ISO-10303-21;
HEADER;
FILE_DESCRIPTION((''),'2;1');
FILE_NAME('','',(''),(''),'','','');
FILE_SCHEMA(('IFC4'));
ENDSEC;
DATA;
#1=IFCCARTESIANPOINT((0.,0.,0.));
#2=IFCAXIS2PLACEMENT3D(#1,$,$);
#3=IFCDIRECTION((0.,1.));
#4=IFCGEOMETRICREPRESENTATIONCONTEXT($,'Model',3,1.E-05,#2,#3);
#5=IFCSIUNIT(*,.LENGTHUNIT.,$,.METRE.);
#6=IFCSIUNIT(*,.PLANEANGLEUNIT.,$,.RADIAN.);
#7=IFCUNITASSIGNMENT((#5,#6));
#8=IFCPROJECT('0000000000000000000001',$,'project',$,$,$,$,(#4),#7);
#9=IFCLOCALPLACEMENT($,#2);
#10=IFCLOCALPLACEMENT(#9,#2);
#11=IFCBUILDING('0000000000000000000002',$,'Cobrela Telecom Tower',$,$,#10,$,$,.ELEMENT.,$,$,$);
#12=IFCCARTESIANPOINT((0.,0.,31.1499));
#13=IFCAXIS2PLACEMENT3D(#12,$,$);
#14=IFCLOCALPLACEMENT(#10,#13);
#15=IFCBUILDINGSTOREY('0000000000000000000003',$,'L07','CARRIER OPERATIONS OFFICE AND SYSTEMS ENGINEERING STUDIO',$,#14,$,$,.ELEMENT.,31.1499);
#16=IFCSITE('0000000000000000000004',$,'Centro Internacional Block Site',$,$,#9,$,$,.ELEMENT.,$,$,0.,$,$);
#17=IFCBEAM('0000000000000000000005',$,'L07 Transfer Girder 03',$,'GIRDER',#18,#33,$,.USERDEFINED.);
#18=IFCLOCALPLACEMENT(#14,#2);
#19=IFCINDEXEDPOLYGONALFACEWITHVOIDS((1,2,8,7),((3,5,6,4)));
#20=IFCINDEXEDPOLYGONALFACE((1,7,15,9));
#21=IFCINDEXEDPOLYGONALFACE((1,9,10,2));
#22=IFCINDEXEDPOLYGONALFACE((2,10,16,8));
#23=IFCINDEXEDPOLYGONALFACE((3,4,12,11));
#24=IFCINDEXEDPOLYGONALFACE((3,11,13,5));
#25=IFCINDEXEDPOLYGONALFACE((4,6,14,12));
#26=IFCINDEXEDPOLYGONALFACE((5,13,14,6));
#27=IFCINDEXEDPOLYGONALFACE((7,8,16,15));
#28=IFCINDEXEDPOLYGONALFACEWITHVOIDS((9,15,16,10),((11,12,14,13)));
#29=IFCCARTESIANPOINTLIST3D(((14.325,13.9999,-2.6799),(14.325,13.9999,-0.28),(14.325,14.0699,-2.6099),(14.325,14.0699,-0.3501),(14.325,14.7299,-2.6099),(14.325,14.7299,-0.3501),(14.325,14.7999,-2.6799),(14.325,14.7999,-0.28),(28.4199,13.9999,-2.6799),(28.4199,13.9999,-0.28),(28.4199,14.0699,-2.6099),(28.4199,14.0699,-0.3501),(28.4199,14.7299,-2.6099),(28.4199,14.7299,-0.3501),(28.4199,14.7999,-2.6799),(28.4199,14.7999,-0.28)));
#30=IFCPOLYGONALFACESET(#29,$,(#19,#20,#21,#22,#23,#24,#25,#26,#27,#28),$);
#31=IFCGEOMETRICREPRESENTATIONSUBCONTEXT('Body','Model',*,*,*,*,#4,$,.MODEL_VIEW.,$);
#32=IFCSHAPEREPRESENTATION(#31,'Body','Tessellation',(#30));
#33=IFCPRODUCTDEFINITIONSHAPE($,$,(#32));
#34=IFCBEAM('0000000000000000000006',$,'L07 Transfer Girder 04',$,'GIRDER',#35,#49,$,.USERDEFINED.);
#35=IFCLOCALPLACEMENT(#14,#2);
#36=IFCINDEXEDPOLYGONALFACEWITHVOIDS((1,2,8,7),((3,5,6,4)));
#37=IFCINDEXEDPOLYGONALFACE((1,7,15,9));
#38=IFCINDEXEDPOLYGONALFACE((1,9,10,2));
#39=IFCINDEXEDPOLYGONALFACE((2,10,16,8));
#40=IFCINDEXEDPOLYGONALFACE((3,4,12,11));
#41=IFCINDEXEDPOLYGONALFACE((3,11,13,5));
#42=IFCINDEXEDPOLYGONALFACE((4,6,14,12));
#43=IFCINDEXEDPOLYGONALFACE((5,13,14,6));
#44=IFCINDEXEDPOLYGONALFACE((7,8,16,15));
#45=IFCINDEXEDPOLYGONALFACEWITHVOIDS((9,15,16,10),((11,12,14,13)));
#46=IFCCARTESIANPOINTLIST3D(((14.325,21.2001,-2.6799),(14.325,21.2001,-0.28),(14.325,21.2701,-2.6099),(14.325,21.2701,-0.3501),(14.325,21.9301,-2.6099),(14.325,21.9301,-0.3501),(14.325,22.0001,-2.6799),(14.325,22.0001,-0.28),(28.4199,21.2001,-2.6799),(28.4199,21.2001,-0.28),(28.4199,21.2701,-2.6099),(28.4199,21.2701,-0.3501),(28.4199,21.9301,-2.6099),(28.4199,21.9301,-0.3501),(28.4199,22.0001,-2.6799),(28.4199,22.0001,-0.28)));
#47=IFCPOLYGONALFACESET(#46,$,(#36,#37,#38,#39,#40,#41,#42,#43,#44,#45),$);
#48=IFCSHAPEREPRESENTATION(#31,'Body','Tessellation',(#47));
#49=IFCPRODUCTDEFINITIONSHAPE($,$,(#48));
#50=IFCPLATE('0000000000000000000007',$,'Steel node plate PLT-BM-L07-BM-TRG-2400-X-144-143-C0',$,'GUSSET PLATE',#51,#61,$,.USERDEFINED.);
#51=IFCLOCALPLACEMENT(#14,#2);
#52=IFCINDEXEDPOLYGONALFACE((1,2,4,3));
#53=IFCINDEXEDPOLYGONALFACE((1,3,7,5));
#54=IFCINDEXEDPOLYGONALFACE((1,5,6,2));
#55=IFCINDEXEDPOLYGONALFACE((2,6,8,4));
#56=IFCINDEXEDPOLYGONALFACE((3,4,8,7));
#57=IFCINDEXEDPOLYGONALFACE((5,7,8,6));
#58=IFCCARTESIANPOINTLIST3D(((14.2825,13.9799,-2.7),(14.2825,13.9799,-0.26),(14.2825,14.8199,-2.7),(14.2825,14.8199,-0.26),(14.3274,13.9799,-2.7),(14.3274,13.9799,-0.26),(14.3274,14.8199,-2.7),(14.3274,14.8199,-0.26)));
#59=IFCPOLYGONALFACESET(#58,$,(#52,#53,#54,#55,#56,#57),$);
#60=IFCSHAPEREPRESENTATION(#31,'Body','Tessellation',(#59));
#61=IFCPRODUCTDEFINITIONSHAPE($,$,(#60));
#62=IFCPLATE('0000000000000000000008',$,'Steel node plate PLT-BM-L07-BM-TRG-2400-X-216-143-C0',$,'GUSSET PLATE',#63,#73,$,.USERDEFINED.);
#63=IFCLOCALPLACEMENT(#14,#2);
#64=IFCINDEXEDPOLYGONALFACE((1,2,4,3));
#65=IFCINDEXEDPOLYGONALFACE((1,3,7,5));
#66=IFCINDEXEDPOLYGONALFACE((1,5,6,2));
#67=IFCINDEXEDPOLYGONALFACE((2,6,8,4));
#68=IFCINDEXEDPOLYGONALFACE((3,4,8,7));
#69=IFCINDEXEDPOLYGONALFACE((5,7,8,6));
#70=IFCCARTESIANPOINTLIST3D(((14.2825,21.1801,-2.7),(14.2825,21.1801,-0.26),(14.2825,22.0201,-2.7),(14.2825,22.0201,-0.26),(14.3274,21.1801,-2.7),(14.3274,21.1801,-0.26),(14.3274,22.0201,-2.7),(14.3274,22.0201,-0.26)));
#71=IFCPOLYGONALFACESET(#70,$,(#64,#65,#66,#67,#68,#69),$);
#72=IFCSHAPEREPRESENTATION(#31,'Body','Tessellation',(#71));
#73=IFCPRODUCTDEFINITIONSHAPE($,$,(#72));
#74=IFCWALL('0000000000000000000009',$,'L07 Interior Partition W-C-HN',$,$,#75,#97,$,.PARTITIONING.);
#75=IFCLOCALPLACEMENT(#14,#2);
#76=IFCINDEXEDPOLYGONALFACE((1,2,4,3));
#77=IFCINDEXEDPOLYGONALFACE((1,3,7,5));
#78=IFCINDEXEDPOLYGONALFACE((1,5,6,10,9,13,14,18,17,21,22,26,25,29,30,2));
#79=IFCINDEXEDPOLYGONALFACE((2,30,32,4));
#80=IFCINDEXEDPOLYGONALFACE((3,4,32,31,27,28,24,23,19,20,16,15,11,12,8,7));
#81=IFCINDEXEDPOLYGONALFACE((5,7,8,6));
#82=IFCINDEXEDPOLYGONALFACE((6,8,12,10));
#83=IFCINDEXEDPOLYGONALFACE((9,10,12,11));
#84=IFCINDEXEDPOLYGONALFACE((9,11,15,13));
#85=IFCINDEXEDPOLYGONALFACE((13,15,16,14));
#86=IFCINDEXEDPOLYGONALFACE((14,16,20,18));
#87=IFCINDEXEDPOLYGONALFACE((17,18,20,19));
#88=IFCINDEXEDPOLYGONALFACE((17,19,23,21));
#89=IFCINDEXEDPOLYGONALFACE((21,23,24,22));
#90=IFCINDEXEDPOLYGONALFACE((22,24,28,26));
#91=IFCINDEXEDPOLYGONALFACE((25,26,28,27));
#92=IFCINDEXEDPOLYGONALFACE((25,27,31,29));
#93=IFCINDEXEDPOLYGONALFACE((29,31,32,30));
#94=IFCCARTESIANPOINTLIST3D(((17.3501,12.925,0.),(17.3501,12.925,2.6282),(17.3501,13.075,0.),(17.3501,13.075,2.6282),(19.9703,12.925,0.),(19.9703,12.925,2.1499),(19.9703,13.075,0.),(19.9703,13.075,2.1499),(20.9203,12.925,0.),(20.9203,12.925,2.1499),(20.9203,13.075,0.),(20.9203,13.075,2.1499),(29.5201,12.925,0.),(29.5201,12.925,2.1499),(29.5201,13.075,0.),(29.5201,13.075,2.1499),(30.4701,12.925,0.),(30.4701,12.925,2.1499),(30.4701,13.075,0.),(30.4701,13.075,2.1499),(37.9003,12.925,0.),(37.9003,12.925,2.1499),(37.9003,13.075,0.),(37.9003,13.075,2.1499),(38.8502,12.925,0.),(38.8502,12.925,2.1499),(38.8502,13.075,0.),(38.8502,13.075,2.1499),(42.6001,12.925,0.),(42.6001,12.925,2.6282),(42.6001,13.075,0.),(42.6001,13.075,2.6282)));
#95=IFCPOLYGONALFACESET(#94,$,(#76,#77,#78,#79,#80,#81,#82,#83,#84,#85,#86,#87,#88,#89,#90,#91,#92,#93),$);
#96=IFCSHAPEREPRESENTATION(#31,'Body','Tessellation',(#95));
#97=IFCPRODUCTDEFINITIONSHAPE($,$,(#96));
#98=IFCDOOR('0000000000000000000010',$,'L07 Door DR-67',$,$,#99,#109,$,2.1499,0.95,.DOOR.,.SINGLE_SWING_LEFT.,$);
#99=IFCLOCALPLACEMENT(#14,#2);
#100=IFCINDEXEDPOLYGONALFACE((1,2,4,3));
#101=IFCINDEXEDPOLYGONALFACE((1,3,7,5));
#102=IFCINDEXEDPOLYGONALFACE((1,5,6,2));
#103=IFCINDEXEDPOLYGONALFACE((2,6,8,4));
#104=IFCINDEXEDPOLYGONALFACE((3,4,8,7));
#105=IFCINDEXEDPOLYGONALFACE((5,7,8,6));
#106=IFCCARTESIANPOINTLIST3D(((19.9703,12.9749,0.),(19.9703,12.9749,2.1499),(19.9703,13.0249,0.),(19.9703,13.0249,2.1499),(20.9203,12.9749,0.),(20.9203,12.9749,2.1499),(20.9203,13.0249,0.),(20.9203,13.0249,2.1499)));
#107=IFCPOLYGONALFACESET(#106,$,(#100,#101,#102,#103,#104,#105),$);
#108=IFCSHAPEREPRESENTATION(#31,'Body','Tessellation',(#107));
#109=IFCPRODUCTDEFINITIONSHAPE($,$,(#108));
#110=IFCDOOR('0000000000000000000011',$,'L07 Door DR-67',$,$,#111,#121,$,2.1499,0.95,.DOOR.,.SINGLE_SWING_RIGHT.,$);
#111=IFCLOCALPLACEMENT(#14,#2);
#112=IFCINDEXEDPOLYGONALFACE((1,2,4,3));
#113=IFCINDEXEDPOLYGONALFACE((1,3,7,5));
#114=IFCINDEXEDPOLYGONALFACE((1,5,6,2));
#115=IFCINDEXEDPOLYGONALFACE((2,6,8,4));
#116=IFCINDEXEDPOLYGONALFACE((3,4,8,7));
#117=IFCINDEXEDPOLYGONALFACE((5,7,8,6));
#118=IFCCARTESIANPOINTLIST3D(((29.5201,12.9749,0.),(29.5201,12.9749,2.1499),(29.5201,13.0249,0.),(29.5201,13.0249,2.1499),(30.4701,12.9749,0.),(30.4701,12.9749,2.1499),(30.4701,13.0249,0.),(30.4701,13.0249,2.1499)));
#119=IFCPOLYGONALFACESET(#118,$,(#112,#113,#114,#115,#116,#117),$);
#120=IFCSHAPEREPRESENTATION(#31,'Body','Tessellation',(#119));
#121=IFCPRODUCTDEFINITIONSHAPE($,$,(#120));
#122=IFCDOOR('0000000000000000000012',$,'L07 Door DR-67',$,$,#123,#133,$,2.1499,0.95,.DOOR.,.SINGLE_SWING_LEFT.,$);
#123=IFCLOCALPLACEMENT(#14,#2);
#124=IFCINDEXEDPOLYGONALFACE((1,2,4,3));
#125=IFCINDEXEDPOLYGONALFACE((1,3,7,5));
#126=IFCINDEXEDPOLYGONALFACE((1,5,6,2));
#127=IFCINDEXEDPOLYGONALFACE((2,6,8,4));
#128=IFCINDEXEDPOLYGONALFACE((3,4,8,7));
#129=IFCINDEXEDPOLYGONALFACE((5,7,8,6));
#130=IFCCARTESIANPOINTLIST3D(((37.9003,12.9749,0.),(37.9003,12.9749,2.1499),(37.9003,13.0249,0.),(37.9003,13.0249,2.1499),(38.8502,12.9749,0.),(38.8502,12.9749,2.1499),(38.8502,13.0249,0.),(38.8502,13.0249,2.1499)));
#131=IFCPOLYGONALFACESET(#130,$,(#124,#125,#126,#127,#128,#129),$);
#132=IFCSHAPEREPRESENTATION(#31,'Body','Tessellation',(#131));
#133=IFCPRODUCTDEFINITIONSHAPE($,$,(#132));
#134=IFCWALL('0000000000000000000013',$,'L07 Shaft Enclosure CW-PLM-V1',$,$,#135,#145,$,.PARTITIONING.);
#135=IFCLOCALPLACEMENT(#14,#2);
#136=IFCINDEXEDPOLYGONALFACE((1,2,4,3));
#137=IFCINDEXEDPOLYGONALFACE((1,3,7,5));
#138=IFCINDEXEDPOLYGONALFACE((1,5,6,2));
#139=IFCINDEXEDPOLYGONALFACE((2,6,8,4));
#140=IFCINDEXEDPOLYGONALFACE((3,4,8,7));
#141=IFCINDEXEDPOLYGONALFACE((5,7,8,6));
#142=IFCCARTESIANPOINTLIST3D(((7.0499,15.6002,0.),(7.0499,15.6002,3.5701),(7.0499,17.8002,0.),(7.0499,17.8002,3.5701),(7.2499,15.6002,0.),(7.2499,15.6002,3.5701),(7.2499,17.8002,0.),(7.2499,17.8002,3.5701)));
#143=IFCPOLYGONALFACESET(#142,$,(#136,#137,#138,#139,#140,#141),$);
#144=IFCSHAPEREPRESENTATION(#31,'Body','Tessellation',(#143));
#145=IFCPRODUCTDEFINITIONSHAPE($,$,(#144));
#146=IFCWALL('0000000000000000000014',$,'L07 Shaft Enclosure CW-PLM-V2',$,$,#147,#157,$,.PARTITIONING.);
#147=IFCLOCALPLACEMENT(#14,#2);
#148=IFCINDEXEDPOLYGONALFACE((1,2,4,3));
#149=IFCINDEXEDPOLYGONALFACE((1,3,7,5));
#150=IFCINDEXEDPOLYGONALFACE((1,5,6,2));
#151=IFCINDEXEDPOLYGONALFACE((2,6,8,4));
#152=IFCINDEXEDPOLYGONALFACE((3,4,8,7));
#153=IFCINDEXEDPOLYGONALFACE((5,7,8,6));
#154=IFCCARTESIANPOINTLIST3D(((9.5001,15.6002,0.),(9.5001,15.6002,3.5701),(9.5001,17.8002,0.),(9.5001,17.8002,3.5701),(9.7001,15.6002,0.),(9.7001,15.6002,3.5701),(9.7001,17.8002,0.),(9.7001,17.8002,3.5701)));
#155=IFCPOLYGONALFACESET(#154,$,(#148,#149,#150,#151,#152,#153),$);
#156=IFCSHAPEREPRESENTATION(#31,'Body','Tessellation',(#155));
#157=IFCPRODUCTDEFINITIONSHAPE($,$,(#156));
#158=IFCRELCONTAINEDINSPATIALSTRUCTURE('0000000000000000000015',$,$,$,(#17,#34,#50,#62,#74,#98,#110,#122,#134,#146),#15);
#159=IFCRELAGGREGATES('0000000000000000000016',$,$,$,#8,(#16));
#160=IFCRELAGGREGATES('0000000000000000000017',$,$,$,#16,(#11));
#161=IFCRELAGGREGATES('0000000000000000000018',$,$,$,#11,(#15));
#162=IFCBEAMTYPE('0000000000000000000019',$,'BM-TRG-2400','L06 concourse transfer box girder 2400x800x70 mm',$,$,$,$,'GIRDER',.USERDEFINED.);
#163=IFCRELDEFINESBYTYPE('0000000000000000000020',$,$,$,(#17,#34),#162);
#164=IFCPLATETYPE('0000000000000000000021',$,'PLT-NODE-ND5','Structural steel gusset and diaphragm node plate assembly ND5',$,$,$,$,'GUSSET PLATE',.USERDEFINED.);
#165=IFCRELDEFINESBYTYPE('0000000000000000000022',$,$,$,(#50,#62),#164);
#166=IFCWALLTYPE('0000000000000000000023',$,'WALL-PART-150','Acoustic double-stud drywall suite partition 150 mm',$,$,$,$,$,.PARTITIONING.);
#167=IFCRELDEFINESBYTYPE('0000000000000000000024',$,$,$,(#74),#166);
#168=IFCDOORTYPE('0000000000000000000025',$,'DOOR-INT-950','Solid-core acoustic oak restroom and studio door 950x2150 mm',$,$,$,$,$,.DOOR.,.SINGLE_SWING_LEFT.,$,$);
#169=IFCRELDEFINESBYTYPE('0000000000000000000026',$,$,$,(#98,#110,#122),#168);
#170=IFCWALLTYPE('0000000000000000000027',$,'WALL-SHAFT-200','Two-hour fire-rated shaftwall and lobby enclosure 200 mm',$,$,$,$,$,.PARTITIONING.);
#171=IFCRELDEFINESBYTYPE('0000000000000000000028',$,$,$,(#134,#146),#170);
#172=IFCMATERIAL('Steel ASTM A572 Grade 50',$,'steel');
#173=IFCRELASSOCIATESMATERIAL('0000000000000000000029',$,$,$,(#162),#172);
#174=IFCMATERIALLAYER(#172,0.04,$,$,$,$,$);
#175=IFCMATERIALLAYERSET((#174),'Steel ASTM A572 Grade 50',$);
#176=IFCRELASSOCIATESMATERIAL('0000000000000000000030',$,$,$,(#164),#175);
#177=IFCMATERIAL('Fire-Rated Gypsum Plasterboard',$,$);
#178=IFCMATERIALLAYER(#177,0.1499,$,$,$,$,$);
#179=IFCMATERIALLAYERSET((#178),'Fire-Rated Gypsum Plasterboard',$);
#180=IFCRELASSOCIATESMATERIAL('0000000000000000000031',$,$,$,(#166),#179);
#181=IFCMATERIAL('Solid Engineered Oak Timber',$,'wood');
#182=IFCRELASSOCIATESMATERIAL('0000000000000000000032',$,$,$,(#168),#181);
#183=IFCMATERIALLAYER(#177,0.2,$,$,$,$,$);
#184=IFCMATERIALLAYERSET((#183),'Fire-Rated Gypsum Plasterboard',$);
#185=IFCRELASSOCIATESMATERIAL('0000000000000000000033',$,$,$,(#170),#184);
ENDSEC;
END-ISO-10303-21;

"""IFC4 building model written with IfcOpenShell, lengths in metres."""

from ifc_helpers import new_model, si_unit, direction, frame, frame_2d, origin, origin_2d, place, context, subcontext, project, spatial, rectangle, hollow_rectangle, extrude, material, layer, layer_set, material_profile, profile_set, type_object, element, fill, save


model = new_model("IFC4")

# Units and contexts
model_context = context("Model", 3, precision=1e-05, world=origin(), true_north=direction((0.0, 1.0)))
body_context = subcontext(model_context, "Body", "Model", "MODEL_VIEW")
ifc_project = project(units=[si_unit("LENGTHUNIT", "METRE"), si_unit("PLANEANGLEUNIT", "RADIAN")], contexts=[model_context])

# Site, building, storey
site_placement = place(None, origin())
site = spatial("IfcSite", under=ifc_project, at=site_placement, Name="Centro Internacional Block Site", CompositionType="ELEMENT", RefElevation=0.0)
building_placement = place(site_placement, origin())
building = spatial("IfcBuilding", under=site, at=building_placement, Name="Cobrela Telecom Tower", CompositionType="ELEMENT")
storey_placement = place(building_placement, frame((0.0, 0.0, 31.1499)))
storey = spatial("IfcBuildingStorey", under=building, at=storey_placement, Name="L07", Description="CARRIER OPERATIONS OFFICE AND SYSTEMS ENGINEERING STUDIO", CompositionType="ELEMENT", Elevation=31.1499)

# Beams
ifc_material_1 = material(Name="Steel ASTM A572 Grade 50", Category="steel")
ifc_material_profile_1 = material_profile(ifc_material_1, hollow_rectangle(XDim=0.8, YDim=2.3999, WallThickness=0.0701, at=origin_2d()), Name="BOX 2400x800x70")
ifc_profile_set_1 = profile_set([ifc_material_profile_1], Name="Steel ASTM A572 Grade 50")
beam_type_1 = type_object("IfcBeamType", Name="BM-TRG-2400", Description="L06 concourse transfer box girder 2400x800x70 mm", ElementType="GIRDER", PredefinedType="USERDEFINED", material=ifc_profile_set_1)
for number, where, z_axis, x_axis, name in (
    (1, (14.325, 14.3999, -1.48), (1.0, 0.0, 0.0), (0.0, 1.0, 0.0), "L07 Transfer Girder 03"),
    (2, (14.325, 21.6001, -1.48), (1.0, 0.0, 0.0), (0.0, 1.0, 0.0), "L07 Transfer Girder 04"),
):
    element("IfcBeam", number, at=place(storey_placement, frame(where, z_axis=z_axis, x_axis=x_axis)), inside=storey, type_object=beam_type_1, Name=name, ObjectType="GIRDER", PredefinedType="USERDEFINED", context=body_context, shape_type="SweptSolid", body=[
        extrude(hollow_rectangle(XDim=0.8, YDim=2.3999, WallThickness=0.0701, at=origin_2d()), origin(), (0.0, 0.0, 1.0), 14.095),
    ])

# Plates
ifc_layer_1 = layer(ifc_material_1, 0.04)
ifc_layer_set_1 = layer_set([ifc_layer_1], Name="Steel ASTM A572 Grade 50")
plate_type = type_object("IfcPlateType", Name="PLT-NODE-ND5", Description="Structural steel gusset and diaphragm node plate assembly ND5", ElementType="GUSSET PLATE", PredefinedType="USERDEFINED", material=ifc_layer_set_1)
for number, where, z_axis, x_axis, name in (
    (3, (14.3049, 14.3999, -2.7), (0.0, 0.0, 1.0), (1.0, 0.0, 0.0), "Steel node plate PLT-BM-L07-BM-TRG-2400-X-144-143-C0"),
    (4, (14.3049, 21.6001, -2.7), (0.0, 0.0, 1.0), (1.0, 0.0, 0.0), "Steel node plate PLT-BM-L07-BM-TRG-2400-X-216-143-C0"),
):
    element("IfcPlate", number, at=place(storey_placement, frame(where, z_axis=z_axis, x_axis=x_axis)), inside=storey, type_object=plate_type, Name=name, ObjectType="GUSSET PLATE", PredefinedType="USERDEFINED", context=body_context, shape_type="SweptSolid", body=[
        extrude(rectangle(XDim=0.0449, YDim=0.8401, at=origin_2d()), origin(), (0.0, 0.0, 1.0), 2.4399),
    ])

# Wall, openings, doors
ifc_material_2 = material(Name="Fire-Rated Gypsum Plasterboard")
ifc_layer_2 = layer(ifc_material_2, 0.1499)
ifc_layer_set_2 = layer_set([ifc_layer_2], Name="Fire-Rated Gypsum Plasterboard")
wall_type_1 = type_object("IfcWallType", Name="WALL-PART-150", Description="Acoustic double-stud drywall suite partition 150 mm", PredefinedType="PARTITIONING", material=ifc_layer_set_2)
wall_placement = place(storey_placement, frame((17.3501, 13.0, 0.0), z_axis=(0.0, 0.0, 1.0), x_axis=(1.0, 0.0, 0.0)))
wall = element("IfcWall", 5, at=wall_placement, inside=storey, type_object=wall_type_1, Name="L07 Interior Partition W-C-HN", PredefinedType="PARTITIONING", context=body_context, shape_type="SweptSolid", body=[
    extrude(rectangle(XDim=25.25, YDim=0.1499, at=frame_2d((12.625, 0.0))), origin(), (0.0, 0.0, 1.0), 2.6282),
])
opening_1_placement = place(wall_placement, frame((2.6201, 0.0, 0.0)))
opening_1 = element("IfcOpeningElement", 6, at=opening_1_placement, cuts=wall, PredefinedType="OPENING", context=body_context, shape_type="SweptSolid", body=[
    extrude(rectangle(XDim=0.95, YDim=2.1499, at=frame_2d((0.4751, 1.075))), frame((0.0, 0.0869, 0.0), z_axis=(0.0, -1.0, 0.0), x_axis=(1.0, 0.0, 0.0)), (0.0, 0.0, 1.0), 0.1738),
])
opening_2_placement = place(wall_placement, frame((12.1699, 0.0, 0.0)))
opening_2 = element("IfcOpeningElement", 7, at=opening_2_placement, cuts=wall, PredefinedType="OPENING", context=body_context, shape_type="SweptSolid", body=[
    extrude(rectangle(XDim=0.95, YDim=2.1499, at=frame_2d((0.4751, 1.075))), frame((0.0, 0.0869, 0.0), z_axis=(0.0, -1.0, 0.0), x_axis=(1.0, 0.0, 0.0)), (0.0, 0.0, 1.0), 0.1738),
])
opening_3_placement = place(wall_placement, frame((20.55, 0.0, 0.0)))
opening_3 = element("IfcOpeningElement", 8, at=opening_3_placement, cuts=wall, PredefinedType="OPENING", context=body_context, shape_type="SweptSolid", body=[
    extrude(rectangle(XDim=0.95, YDim=2.1499, at=frame_2d((0.4751, 1.075))), frame((0.0, 0.0869, 0.0), z_axis=(0.0, -1.0, 0.0), x_axis=(1.0, 0.0, 0.0)), (0.0, 0.0, 1.0), 0.1738),
])
ifc_material_3 = material(Name="Solid Engineered Oak Timber", Category="wood")
door_type = type_object("IfcDoorType", Name="DOOR-INT-950", Description="Solid-core acoustic oak restroom and studio door 950x2150 mm", OperationType="SINGLE_SWING_LEFT", PredefinedType="DOOR", material=ifc_material_3)
door_1_placement = place(opening_1_placement, origin())
door_1 = element("IfcDoor", 9, at=door_1_placement, inside=storey, type_object=door_type, Name="L07 Door DR-67", OperationType="SINGLE_SWING_LEFT", OverallHeight=2.1499, OverallWidth=0.95, PredefinedType="DOOR", context=body_context, shape_type="SweptSolid", body=[
    extrude(rectangle(XDim=0.95, YDim=2.1499, at=frame_2d((0.4751, 1.075))), frame((0.0, 0.0249, 0.0), z_axis=(0.0, -1.0, 0.0), x_axis=(1.0, 0.0, 0.0)), (0.0, 0.0, 1.0), 0.05),
])
fill(opening_1, door_1)
door_2_placement = place(opening_2_placement, origin())
door_2 = element("IfcDoor", 10, at=door_2_placement, inside=storey, type_object=door_type, Name="L07 Door DR-67", OperationType="SINGLE_SWING_RIGHT", OverallHeight=2.1499, OverallWidth=0.95, PredefinedType="DOOR", context=body_context, shape_type="SweptSolid", body=[
    extrude(rectangle(XDim=0.95, YDim=2.1499, at=frame_2d((0.4751, 1.075))), frame((0.0, 0.0249, 0.0), z_axis=(0.0, -1.0, 0.0), x_axis=(1.0, 0.0, 0.0)), (0.0, 0.0, 1.0), 0.05),
])
fill(opening_2, door_2)
door_3_placement = place(opening_3_placement, origin())
door_3 = element("IfcDoor", 11, at=door_3_placement, inside=storey, type_object=door_type, Name="L07 Door DR-67", OperationType="SINGLE_SWING_LEFT", OverallHeight=2.1499, OverallWidth=0.95, PredefinedType="DOOR", context=body_context, shape_type="SweptSolid", body=[
    extrude(rectangle(XDim=0.95, YDim=2.1499, at=frame_2d((0.4751, 1.075))), frame((0.0, 0.0249, 0.0), z_axis=(0.0, -1.0, 0.0), x_axis=(1.0, 0.0, 0.0)), (0.0, 0.0, 1.0), 0.05),
])
fill(opening_3, door_3)

# Walls
ifc_layer_3 = layer(ifc_material_2, 0.2)
ifc_layer_set_3 = layer_set([ifc_layer_3], Name="Fire-Rated Gypsum Plasterboard")
wall_type_2 = type_object("IfcWallType", Name="WALL-SHAFT-200", Description="Two-hour fire-rated shaftwall and lobby enclosure 200 mm", PredefinedType="PARTITIONING", material=ifc_layer_set_3)
for number, where, z_axis, x_axis, name in (
    (12, (7.1499, 15.6001, 0.0), (0.0, 0.0, 1.0), (0.0, 1.0, 0.0), "L07 Shaft Enclosure CW-PLM-V1"),
    (13, (9.6001, 15.6001, 0.0), (0.0, 0.0, 1.0), (0.0, 1.0, 0.0), "L07 Shaft Enclosure CW-PLM-V2"),
):
    element("IfcWall", number, at=place(storey_placement, frame(where, z_axis=z_axis, x_axis=x_axis)), inside=storey, type_object=wall_type_2, Name=name, PredefinedType="PARTITIONING", context=body_context, shape_type="SweptSolid", body=[
        extrude(rectangle(XDim=2.2, YDim=0.2, at=frame_2d((1.1001, 0.0))), origin(), (0.0, 0.0, 1.0), 3.5701),
    ])

save(model, "model.ifc")
